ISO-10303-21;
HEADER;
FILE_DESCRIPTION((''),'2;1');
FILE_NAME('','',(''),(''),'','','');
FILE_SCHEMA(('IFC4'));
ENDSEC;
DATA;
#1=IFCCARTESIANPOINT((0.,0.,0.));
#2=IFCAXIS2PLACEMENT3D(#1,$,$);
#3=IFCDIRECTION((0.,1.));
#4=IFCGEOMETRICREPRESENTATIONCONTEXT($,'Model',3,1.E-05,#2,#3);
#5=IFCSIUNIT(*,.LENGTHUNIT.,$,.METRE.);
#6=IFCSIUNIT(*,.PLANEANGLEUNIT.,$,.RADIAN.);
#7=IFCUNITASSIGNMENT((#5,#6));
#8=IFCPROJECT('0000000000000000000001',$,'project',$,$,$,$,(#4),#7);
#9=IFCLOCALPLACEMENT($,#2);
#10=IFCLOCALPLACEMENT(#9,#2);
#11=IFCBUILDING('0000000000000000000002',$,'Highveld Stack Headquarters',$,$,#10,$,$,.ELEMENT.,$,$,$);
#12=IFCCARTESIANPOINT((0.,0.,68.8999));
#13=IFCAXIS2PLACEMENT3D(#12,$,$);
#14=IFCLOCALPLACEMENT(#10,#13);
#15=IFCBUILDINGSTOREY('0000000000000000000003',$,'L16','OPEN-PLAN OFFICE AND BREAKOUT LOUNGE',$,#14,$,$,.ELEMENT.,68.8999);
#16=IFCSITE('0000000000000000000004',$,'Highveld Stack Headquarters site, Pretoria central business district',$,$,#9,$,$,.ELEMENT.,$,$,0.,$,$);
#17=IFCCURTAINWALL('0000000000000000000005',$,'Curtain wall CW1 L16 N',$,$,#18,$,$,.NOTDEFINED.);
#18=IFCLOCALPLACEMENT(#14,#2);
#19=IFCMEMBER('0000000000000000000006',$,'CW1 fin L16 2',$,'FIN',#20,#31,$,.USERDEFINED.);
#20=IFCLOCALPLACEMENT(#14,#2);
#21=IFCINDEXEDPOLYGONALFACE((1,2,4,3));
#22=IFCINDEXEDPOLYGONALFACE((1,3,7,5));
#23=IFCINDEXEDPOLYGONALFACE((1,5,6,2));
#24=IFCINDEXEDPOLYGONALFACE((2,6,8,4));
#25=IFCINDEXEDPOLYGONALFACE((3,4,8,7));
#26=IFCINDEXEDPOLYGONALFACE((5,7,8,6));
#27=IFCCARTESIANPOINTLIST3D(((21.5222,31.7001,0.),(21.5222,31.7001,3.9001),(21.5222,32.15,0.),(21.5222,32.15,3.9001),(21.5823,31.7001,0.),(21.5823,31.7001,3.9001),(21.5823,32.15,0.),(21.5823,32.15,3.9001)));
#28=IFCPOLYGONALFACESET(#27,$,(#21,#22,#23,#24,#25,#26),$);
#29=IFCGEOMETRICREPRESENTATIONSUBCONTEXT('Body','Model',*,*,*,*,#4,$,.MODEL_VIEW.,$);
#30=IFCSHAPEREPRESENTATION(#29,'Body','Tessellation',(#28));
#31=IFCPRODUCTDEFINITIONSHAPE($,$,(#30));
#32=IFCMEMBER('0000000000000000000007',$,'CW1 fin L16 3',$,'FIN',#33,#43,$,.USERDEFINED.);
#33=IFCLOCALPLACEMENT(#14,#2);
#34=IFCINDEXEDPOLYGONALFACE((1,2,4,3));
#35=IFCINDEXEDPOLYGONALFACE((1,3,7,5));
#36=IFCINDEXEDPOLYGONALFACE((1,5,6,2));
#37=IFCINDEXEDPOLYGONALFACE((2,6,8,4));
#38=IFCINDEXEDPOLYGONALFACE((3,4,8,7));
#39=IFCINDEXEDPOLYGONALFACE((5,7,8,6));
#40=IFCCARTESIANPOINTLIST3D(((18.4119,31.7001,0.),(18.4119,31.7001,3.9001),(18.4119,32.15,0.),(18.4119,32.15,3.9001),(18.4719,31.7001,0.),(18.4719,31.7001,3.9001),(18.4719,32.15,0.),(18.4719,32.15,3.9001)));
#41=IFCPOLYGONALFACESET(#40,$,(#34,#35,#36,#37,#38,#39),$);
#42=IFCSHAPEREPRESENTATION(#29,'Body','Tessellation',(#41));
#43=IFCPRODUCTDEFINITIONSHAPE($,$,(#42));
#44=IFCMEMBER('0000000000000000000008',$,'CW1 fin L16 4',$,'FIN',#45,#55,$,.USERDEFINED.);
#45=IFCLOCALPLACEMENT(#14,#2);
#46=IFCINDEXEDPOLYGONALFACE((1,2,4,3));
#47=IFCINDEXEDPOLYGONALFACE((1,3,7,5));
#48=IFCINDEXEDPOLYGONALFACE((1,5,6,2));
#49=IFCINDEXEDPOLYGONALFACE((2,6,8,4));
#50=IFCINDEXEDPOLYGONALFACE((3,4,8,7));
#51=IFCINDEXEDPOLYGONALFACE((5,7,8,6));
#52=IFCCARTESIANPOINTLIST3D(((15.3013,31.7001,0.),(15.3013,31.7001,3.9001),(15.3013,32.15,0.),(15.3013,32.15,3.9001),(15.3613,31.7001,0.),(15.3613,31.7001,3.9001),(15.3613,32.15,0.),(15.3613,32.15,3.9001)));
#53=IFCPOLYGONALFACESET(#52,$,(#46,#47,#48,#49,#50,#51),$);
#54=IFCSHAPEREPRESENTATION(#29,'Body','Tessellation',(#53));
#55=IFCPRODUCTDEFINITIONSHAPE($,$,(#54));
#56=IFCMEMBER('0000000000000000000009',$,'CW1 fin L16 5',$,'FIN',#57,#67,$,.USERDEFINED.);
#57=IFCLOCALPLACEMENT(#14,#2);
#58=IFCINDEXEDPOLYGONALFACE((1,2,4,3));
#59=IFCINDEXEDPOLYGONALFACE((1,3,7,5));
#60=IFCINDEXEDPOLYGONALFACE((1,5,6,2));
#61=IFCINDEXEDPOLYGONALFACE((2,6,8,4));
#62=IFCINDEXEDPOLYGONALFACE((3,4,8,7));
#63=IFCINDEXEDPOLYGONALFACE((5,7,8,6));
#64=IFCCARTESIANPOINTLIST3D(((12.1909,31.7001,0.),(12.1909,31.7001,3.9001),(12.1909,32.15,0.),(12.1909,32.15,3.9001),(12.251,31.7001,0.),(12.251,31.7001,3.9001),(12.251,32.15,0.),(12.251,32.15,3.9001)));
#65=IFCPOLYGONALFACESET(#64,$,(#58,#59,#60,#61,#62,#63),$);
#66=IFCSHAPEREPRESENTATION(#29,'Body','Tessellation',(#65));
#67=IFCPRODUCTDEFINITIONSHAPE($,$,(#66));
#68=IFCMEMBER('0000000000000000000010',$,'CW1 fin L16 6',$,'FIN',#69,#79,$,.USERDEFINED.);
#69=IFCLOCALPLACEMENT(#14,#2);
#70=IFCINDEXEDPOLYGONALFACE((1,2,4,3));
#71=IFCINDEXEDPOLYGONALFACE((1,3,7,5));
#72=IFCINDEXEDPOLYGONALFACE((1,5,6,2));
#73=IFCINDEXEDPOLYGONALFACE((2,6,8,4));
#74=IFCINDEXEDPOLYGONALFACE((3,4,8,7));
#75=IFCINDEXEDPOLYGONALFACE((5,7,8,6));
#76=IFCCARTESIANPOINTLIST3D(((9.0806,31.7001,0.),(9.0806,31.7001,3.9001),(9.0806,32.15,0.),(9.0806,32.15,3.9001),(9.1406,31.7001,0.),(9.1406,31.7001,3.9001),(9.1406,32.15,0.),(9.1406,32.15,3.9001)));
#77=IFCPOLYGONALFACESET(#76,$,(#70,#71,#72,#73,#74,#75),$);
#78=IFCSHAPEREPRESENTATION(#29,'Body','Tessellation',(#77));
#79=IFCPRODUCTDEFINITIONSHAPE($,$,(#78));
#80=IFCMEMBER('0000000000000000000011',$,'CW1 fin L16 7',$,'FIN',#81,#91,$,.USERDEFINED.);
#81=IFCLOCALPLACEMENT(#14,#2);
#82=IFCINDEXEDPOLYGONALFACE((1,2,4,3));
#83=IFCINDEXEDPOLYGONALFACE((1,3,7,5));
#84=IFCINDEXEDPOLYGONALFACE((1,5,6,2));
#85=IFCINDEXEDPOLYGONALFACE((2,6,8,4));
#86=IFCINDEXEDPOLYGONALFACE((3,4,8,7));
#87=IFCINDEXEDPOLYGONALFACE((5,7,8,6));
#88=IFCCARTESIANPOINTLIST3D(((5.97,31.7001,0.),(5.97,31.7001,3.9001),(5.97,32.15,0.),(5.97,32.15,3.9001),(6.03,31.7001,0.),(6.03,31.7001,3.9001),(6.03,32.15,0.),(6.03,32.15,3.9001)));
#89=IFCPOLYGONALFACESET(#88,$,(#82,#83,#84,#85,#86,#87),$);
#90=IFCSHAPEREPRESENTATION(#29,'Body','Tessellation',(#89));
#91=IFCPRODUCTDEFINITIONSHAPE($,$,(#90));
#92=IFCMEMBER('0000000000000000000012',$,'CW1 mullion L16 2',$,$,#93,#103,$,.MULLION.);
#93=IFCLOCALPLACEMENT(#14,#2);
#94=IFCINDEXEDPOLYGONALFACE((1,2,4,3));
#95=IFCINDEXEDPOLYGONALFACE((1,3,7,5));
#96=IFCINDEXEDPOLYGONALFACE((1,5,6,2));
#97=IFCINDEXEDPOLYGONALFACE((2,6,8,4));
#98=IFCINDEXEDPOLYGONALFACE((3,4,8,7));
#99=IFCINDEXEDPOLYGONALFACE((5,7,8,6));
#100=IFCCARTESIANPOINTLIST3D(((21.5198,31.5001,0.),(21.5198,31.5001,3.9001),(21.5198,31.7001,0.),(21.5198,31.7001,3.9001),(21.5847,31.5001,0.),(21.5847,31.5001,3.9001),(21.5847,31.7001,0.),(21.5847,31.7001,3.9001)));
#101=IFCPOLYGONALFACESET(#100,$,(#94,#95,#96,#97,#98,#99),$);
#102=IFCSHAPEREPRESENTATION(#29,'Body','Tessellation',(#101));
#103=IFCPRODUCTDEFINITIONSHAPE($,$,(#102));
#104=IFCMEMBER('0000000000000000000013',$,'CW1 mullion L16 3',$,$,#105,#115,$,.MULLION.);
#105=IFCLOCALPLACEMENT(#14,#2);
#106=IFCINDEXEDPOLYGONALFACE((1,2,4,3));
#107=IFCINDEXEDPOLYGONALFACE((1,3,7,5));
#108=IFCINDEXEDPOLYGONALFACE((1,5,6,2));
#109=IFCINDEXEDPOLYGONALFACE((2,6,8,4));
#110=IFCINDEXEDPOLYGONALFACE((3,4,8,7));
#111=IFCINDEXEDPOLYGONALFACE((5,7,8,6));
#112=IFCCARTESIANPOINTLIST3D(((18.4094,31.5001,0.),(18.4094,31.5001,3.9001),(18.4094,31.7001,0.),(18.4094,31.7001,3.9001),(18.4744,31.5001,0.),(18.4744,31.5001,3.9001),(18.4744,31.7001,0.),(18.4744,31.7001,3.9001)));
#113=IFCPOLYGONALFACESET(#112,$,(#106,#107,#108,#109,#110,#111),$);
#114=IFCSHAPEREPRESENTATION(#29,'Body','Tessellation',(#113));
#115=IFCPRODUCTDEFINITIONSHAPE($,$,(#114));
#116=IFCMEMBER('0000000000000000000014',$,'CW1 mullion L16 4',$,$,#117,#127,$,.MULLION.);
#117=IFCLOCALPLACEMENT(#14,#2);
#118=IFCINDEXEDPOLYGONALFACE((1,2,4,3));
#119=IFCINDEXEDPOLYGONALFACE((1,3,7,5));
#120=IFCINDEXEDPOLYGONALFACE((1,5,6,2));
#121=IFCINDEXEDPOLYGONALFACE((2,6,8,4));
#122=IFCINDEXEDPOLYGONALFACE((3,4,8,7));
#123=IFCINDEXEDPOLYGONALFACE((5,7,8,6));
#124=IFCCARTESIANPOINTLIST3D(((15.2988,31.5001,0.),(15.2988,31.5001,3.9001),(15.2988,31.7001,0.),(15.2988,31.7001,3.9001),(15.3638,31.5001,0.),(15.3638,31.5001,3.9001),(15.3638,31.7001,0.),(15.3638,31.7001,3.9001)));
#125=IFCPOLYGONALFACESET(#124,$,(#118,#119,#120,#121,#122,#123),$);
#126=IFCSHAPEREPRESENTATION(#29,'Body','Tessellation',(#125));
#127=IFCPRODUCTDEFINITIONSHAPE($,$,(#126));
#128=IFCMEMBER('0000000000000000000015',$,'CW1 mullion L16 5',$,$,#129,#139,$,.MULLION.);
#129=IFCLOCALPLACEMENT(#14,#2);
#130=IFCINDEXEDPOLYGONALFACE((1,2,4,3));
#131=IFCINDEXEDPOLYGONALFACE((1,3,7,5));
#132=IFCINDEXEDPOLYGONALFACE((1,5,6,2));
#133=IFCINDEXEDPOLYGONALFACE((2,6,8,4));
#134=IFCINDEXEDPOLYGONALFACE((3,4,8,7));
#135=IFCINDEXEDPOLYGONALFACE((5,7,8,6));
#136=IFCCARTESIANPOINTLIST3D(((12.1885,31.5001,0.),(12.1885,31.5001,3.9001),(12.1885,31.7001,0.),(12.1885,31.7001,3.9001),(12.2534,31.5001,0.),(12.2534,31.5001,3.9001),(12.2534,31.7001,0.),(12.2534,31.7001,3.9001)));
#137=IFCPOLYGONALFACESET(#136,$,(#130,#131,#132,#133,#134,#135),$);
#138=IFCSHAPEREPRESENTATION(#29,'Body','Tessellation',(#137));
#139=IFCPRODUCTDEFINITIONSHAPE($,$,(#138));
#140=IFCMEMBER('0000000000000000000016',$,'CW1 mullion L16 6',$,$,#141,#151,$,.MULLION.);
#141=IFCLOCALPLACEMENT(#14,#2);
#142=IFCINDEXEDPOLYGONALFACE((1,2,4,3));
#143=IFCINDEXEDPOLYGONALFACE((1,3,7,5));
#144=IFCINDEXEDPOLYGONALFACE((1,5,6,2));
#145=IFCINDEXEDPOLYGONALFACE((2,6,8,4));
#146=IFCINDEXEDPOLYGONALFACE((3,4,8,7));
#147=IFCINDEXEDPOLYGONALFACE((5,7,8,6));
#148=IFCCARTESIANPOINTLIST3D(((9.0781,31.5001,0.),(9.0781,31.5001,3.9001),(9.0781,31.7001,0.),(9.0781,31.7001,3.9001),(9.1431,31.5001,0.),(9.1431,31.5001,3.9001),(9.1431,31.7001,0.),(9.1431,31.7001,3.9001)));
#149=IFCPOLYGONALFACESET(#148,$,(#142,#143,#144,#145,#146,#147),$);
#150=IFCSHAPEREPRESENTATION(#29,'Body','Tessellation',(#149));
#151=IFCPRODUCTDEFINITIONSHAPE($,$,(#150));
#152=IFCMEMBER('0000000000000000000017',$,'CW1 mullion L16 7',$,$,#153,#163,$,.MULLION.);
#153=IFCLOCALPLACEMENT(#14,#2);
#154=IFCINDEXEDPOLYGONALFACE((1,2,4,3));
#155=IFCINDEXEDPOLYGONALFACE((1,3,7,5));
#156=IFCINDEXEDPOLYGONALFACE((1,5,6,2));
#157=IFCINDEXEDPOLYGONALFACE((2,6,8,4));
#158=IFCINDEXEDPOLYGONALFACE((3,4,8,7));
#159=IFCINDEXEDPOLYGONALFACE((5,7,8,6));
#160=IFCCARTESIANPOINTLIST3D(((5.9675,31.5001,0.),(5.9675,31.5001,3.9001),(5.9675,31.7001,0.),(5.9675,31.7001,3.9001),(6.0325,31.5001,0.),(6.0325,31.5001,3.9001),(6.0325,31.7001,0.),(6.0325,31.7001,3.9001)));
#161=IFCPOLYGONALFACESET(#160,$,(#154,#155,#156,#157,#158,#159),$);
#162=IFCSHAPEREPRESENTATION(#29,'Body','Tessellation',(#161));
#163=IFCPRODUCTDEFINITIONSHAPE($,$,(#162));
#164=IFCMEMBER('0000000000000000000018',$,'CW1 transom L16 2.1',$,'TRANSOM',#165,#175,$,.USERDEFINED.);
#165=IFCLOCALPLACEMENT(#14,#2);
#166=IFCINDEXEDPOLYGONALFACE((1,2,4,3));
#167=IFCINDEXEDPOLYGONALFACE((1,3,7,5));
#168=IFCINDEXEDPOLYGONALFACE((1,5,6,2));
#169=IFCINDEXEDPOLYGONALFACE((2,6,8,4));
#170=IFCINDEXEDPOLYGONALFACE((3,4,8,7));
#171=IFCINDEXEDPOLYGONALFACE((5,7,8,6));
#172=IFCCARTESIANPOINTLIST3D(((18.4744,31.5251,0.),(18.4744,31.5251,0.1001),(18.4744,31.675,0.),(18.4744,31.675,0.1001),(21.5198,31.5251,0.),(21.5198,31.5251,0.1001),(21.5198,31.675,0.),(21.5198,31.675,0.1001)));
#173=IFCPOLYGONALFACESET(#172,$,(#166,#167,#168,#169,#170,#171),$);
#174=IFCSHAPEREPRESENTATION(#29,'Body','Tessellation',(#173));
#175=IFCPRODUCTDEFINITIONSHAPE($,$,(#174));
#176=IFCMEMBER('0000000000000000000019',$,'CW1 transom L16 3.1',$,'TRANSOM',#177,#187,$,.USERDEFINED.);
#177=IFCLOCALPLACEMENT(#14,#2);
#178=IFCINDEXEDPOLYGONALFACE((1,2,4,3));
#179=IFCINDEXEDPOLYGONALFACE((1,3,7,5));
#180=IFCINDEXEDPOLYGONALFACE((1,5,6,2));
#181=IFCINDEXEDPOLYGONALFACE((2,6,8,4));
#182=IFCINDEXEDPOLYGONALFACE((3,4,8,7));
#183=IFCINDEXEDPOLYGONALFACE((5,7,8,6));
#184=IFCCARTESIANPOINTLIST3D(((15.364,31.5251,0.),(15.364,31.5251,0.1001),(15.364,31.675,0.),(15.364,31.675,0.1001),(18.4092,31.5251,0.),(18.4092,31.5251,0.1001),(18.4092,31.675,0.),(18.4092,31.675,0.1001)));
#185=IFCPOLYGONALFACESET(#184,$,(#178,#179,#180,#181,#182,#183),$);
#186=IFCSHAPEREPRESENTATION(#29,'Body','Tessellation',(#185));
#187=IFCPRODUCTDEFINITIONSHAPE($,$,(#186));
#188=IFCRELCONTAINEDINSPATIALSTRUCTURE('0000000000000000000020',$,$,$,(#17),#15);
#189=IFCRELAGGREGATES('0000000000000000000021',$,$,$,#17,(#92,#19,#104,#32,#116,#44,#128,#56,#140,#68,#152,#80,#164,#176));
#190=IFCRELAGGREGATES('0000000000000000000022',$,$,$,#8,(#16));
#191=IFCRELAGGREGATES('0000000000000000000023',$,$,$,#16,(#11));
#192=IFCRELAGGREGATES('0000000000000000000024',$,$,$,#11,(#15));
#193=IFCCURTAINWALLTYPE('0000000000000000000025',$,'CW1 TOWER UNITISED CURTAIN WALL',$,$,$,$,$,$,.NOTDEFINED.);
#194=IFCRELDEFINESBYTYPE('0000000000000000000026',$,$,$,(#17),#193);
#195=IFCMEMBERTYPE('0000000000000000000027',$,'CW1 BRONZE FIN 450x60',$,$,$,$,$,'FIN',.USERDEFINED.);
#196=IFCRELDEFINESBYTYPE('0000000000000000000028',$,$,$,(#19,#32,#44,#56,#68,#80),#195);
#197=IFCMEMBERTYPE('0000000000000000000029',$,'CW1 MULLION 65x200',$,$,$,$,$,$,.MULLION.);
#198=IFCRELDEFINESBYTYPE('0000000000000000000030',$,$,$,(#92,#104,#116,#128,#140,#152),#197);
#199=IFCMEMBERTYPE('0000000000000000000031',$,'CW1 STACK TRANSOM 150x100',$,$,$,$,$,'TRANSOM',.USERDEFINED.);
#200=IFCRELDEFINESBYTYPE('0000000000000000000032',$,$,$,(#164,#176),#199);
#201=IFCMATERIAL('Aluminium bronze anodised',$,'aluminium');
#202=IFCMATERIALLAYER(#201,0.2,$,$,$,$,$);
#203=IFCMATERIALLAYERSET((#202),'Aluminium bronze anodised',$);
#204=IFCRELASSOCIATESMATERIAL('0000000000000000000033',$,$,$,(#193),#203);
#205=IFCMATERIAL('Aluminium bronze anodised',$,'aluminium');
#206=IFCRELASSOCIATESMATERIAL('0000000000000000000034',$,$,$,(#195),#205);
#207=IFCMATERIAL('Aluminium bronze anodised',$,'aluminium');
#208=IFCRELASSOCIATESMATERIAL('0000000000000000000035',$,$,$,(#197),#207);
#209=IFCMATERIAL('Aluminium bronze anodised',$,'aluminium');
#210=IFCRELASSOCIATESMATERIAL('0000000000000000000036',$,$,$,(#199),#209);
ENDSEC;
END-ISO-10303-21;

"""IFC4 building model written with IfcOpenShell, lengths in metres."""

from ifc_helpers import new_model, si_unit, direction, frame, origin, origin_2d, place, context, subcontext, project, spatial, rectangle, extrude, material, layer, layer_set, material_profile, profile_set, type_object, element, aggregate, save


model = new_model("IFC4")

# Units and contexts
model_context = context("Model", 3, precision=1e-05, world=origin(), true_north=direction((0.0, 1.0)))
body_context = subcontext(model_context, "Body", "Model", "MODEL_VIEW")
ifc_project = project(units=[si_unit("LENGTHUNIT", "METRE"), si_unit("PLANEANGLEUNIT", "RADIAN")], contexts=[model_context])

# Site, building, storey
site_placement = place(None, origin())
site = spatial("IfcSite", under=ifc_project, at=site_placement, Name="Highveld Stack Headquarters site, Pretoria central business district", CompositionType="ELEMENT", RefElevation=0.0)
building_placement = place(site_placement, origin())
building = spatial("IfcBuilding", under=site, at=building_placement, Name="Highveld Stack Headquarters", CompositionType="ELEMENT")
storey_placement = place(building_placement, frame((0.0, 0.0, 68.8999)))
storey = spatial("IfcBuildingStorey", under=building, at=storey_placement, Name="L16", Description="OPEN-PLAN OFFICE AND BREAKOUT LOUNGE", CompositionType="ELEMENT", Elevation=68.8999)

# Curtain wall, members
ifc_material_1 = material(Name="Aluminium bronze anodised", Category="aluminium")
ifc_layer_1 = layer(ifc_material_1, 0.2)
ifc_layer_set_1 = layer_set([ifc_layer_1], Name="Aluminium bronze anodised")
curtain_wall_type = type_object("IfcCurtainWallType", Name="CW1 TOWER UNITISED CURTAIN WALL", PredefinedType="NOTDEFINED", material=ifc_layer_set_1)
curtain_wall_placement = place(storey_placement, origin())
curtain_wall = element("IfcCurtainWall", 1, at=curtain_wall_placement, inside=storey, type_object=curtain_wall_type, Name="Curtain wall CW1 L16 N", PredefinedType="NOTDEFINED")
ifc_material_2 = material(Name="Aluminium bronze anodised", Category="aluminium")
ifc_material_profile_1 = material_profile(ifc_material_2, rectangle(XDim=0.45, YDim=0.0601, at=origin_2d()), Name="FIN 450x60")
ifc_profile_set_1 = profile_set([ifc_material_profile_1], Name="Aluminium bronze anodised")
member_type_1 = type_object("IfcMemberType", Name="CW1 BRONZE FIN 450x60", ElementType="FIN", PredefinedType="USERDEFINED", material=ifc_profile_set_1)
member_1_placement = place(storey_placement, frame((21.5522, 31.925, 0.0), z_axis=(0.0, 0.0, 1.0), x_axis=(0.0, -1.0, 0.0)))
member_1 = element("IfcMember", 2, at=member_1_placement, type_object=member_type_1, Name="CW1 fin L16 2", ObjectType="FIN", PredefinedType="USERDEFINED", context=body_context, shape_type="SweptSolid", body=[
    extrude(rectangle(XDim=0.45, YDim=0.0601, at=origin_2d()), origin(), (0.0, 0.0, 1.0), 3.9001),
])
member_2_placement = place(storey_placement, frame((18.4419, 31.925, 0.0), z_axis=(0.0, 0.0, 1.0), x_axis=(0.0, -1.0, 0.0)))
member_2 = element("IfcMember", 3, at=member_2_placement, type_object=member_type_1, Name="CW1 fin L16 3", ObjectType="FIN", PredefinedType="USERDEFINED", context=body_context, shape_type="SweptSolid", body=[
    extrude(rectangle(XDim=0.45, YDim=0.0601, at=origin_2d()), origin(), (0.0, 0.0, 1.0), 3.9001),
])
member_3_placement = place(storey_placement, frame((15.3313, 31.925, 0.0), z_axis=(0.0, 0.0, 1.0), x_axis=(0.0, -1.0, 0.0)))
member_3 = element("IfcMember", 4, at=member_3_placement, type_object=member_type_1, Name="CW1 fin L16 4", ObjectType="FIN", PredefinedType="USERDEFINED", context=body_context, shape_type="SweptSolid", body=[
    extrude(rectangle(XDim=0.45, YDim=0.0601, at=origin_2d()), origin(), (0.0, 0.0, 1.0), 3.9001),
])
member_4_placement = place(storey_placement, frame((12.2209, 31.925, 0.0), z_axis=(0.0, 0.0, 1.0), x_axis=(0.0, -1.0, 0.0)))
member_4 = element("IfcMember", 5, at=member_4_placement, type_object=member_type_1, Name="CW1 fin L16 5", ObjectType="FIN", PredefinedType="USERDEFINED", context=body_context, shape_type="SweptSolid", body=[
    extrude(rectangle(XDim=0.45, YDim=0.0601, at=origin_2d()), origin(), (0.0, 0.0, 1.0), 3.9001),
])
member_5_placement = place(storey_placement, frame((9.1106, 31.925, 0.0), z_axis=(0.0, 0.0, 1.0), x_axis=(0.0, -1.0, 0.0)))
member_5 = element("IfcMember", 6, at=member_5_placement, type_object=member_type_1, Name="CW1 fin L16 6", ObjectType="FIN", PredefinedType="USERDEFINED", context=body_context, shape_type="SweptSolid", body=[
    extrude(rectangle(XDim=0.45, YDim=0.0601, at=origin_2d()), origin(), (0.0, 0.0, 1.0), 3.9001),
])
member_6_placement = place(storey_placement, frame((6.0, 31.925, 0.0), z_axis=(0.0, 0.0, 1.0), x_axis=(0.0, -1.0, 0.0)))
member_6 = element("IfcMember", 7, at=member_6_placement, type_object=member_type_1, Name="CW1 fin L16 7", ObjectType="FIN", PredefinedType="USERDEFINED", context=body_context, shape_type="SweptSolid", body=[
    extrude(rectangle(XDim=0.45, YDim=0.0601, at=origin_2d()), origin(), (0.0, 0.0, 1.0), 3.9001),
])
ifc_material_3 = material(Name="Aluminium bronze anodised", Category="aluminium")
ifc_material_profile_2 = material_profile(ifc_material_3, rectangle(XDim=0.2, YDim=0.0649, at=origin_2d()), Name="CW1 MULLION 65x200")
ifc_profile_set_2 = profile_set([ifc_material_profile_2], Name="Aluminium bronze anodised")
member_type_2 = type_object("IfcMemberType", Name="CW1 MULLION 65x200", PredefinedType="MULLION", material=ifc_profile_set_2)
member_7_placement = place(storey_placement, frame((21.5522, 31.6001, 0.0), z_axis=(0.0, 0.0, 1.0), x_axis=(0.0, -1.0, 0.0)))
member_7 = element("IfcMember", 8, at=member_7_placement, type_object=member_type_2, Name="CW1 mullion L16 2", PredefinedType="MULLION", context=body_context, shape_type="SweptSolid", body=[
    extrude(rectangle(XDim=0.2, YDim=0.0649, at=origin_2d()), origin(), (0.0, 0.0, 1.0), 3.9001),
])
member_8_placement = place(storey_placement, frame((18.4419, 31.6001, 0.0), z_axis=(0.0, 0.0, 1.0), x_axis=(0.0, -1.0, 0.0)))
member_8 = element("IfcMember", 9, at=member_8_placement, type_object=member_type_2, Name="CW1 mullion L16 3", PredefinedType="MULLION", context=body_context, shape_type="SweptSolid", body=[
    extrude(rectangle(XDim=0.2, YDim=0.0649, at=origin_2d()), origin(), (0.0, 0.0, 1.0), 3.9001),
])
member_9_placement = place(storey_placement, frame((15.3313, 31.6001, 0.0), z_axis=(0.0, 0.0, 1.0), x_axis=(0.0, -1.0, 0.0)))
member_9 = element("IfcMember", 10, at=member_9_placement, type_object=member_type_2, Name="CW1 mullion L16 4", PredefinedType="MULLION", context=body_context, shape_type="SweptSolid", body=[
    extrude(rectangle(XDim=0.2, YDim=0.0649, at=origin_2d()), origin(), (0.0, 0.0, 1.0), 3.9001),
])
member_10_placement = place(storey_placement, frame((12.2209, 31.6001, 0.0), z_axis=(0.0, 0.0, 1.0), x_axis=(0.0, -1.0, 0.0)))
member_10 = element("IfcMember", 11, at=member_10_placement, type_object=member_type_2, Name="CW1 mullion L16 5", PredefinedType="MULLION", context=body_context, shape_type="SweptSolid", body=[
    extrude(rectangle(XDim=0.2, YDim=0.0649, at=origin_2d()), origin(), (0.0, 0.0, 1.0), 3.9001),
])
member_11_placement = place(storey_placement, frame((9.1106, 31.6001, 0.0), z_axis=(0.0, 0.0, 1.0), x_axis=(0.0, -1.0, 0.0)))
member_11 = element("IfcMember", 12, at=member_11_placement, type_object=member_type_2, Name="CW1 mullion L16 6", PredefinedType="MULLION", context=body_context, shape_type="SweptSolid", body=[
    extrude(rectangle(XDim=0.2, YDim=0.0649, at=origin_2d()), origin(), (0.0, 0.0, 1.0), 3.9001),
])
member_12_placement = place(storey_placement, frame((6.0, 31.6001, 0.0), z_axis=(0.0, 0.0, 1.0), x_axis=(0.0, -1.0, 0.0)))
member_12 = element("IfcMember", 13, at=member_12_placement, type_object=member_type_2, Name="CW1 mullion L16 7", PredefinedType="MULLION", context=body_context, shape_type="SweptSolid", body=[
    extrude(rectangle(XDim=0.2, YDim=0.0649, at=origin_2d()), origin(), (0.0, 0.0, 1.0), 3.9001),
])
ifc_material_4 = material(Name="Aluminium bronze anodised", Category="aluminium")
ifc_material_profile_3 = material_profile(ifc_material_4, rectangle(XDim=0.1499, YDim=0.1001, at=origin_2d()), Name="CW1 TRANSOM 150x100")
ifc_profile_set_3 = profile_set([ifc_material_profile_3], Name="Aluminium bronze anodised")
member_type_3 = type_object("IfcMemberType", Name="CW1 STACK TRANSOM 150x100", ElementType="TRANSOM", PredefinedType="USERDEFINED", material=ifc_profile_set_3)
member_13_placement = place(storey_placement, frame((21.5198, 31.6001, 0.05), z_axis=(-1.0, 0.0, 0.0), x_axis=(0.0, -1.0, 0.0)))
member_13 = element("IfcMember", 14, at=member_13_placement, type_object=member_type_3, Name="CW1 transom L16 2.1", ObjectType="TRANSOM", PredefinedType="USERDEFINED", context=body_context, shape_type="SweptSolid", body=[
    extrude(rectangle(XDim=0.1499, YDim=0.1001, at=origin_2d()), origin(), (0.0, 0.0, 1.0), 3.0454),
])
member_14_placement = place(storey_placement, frame((18.4092, 31.6001, 0.05), z_axis=(-1.0, 0.0, 0.0), x_axis=(0.0, -1.0, 0.0)))
member_14 = element("IfcMember", 15, at=member_14_placement, type_object=member_type_3, Name="CW1 transom L16 3.1", ObjectType="TRANSOM", PredefinedType="USERDEFINED", context=body_context, shape_type="SweptSolid", body=[
    extrude(rectangle(XDim=0.1499, YDim=0.1001, at=origin_2d()), origin(), (0.0, 0.0, 1.0), 3.0452),
])

aggregate(curtain_wall, [member_7, member_1, member_8, member_2, member_9, member_3, member_10, member_4, member_11, member_5, member_12, member_6, member_13, member_14])

save(model, "model.ifc")
